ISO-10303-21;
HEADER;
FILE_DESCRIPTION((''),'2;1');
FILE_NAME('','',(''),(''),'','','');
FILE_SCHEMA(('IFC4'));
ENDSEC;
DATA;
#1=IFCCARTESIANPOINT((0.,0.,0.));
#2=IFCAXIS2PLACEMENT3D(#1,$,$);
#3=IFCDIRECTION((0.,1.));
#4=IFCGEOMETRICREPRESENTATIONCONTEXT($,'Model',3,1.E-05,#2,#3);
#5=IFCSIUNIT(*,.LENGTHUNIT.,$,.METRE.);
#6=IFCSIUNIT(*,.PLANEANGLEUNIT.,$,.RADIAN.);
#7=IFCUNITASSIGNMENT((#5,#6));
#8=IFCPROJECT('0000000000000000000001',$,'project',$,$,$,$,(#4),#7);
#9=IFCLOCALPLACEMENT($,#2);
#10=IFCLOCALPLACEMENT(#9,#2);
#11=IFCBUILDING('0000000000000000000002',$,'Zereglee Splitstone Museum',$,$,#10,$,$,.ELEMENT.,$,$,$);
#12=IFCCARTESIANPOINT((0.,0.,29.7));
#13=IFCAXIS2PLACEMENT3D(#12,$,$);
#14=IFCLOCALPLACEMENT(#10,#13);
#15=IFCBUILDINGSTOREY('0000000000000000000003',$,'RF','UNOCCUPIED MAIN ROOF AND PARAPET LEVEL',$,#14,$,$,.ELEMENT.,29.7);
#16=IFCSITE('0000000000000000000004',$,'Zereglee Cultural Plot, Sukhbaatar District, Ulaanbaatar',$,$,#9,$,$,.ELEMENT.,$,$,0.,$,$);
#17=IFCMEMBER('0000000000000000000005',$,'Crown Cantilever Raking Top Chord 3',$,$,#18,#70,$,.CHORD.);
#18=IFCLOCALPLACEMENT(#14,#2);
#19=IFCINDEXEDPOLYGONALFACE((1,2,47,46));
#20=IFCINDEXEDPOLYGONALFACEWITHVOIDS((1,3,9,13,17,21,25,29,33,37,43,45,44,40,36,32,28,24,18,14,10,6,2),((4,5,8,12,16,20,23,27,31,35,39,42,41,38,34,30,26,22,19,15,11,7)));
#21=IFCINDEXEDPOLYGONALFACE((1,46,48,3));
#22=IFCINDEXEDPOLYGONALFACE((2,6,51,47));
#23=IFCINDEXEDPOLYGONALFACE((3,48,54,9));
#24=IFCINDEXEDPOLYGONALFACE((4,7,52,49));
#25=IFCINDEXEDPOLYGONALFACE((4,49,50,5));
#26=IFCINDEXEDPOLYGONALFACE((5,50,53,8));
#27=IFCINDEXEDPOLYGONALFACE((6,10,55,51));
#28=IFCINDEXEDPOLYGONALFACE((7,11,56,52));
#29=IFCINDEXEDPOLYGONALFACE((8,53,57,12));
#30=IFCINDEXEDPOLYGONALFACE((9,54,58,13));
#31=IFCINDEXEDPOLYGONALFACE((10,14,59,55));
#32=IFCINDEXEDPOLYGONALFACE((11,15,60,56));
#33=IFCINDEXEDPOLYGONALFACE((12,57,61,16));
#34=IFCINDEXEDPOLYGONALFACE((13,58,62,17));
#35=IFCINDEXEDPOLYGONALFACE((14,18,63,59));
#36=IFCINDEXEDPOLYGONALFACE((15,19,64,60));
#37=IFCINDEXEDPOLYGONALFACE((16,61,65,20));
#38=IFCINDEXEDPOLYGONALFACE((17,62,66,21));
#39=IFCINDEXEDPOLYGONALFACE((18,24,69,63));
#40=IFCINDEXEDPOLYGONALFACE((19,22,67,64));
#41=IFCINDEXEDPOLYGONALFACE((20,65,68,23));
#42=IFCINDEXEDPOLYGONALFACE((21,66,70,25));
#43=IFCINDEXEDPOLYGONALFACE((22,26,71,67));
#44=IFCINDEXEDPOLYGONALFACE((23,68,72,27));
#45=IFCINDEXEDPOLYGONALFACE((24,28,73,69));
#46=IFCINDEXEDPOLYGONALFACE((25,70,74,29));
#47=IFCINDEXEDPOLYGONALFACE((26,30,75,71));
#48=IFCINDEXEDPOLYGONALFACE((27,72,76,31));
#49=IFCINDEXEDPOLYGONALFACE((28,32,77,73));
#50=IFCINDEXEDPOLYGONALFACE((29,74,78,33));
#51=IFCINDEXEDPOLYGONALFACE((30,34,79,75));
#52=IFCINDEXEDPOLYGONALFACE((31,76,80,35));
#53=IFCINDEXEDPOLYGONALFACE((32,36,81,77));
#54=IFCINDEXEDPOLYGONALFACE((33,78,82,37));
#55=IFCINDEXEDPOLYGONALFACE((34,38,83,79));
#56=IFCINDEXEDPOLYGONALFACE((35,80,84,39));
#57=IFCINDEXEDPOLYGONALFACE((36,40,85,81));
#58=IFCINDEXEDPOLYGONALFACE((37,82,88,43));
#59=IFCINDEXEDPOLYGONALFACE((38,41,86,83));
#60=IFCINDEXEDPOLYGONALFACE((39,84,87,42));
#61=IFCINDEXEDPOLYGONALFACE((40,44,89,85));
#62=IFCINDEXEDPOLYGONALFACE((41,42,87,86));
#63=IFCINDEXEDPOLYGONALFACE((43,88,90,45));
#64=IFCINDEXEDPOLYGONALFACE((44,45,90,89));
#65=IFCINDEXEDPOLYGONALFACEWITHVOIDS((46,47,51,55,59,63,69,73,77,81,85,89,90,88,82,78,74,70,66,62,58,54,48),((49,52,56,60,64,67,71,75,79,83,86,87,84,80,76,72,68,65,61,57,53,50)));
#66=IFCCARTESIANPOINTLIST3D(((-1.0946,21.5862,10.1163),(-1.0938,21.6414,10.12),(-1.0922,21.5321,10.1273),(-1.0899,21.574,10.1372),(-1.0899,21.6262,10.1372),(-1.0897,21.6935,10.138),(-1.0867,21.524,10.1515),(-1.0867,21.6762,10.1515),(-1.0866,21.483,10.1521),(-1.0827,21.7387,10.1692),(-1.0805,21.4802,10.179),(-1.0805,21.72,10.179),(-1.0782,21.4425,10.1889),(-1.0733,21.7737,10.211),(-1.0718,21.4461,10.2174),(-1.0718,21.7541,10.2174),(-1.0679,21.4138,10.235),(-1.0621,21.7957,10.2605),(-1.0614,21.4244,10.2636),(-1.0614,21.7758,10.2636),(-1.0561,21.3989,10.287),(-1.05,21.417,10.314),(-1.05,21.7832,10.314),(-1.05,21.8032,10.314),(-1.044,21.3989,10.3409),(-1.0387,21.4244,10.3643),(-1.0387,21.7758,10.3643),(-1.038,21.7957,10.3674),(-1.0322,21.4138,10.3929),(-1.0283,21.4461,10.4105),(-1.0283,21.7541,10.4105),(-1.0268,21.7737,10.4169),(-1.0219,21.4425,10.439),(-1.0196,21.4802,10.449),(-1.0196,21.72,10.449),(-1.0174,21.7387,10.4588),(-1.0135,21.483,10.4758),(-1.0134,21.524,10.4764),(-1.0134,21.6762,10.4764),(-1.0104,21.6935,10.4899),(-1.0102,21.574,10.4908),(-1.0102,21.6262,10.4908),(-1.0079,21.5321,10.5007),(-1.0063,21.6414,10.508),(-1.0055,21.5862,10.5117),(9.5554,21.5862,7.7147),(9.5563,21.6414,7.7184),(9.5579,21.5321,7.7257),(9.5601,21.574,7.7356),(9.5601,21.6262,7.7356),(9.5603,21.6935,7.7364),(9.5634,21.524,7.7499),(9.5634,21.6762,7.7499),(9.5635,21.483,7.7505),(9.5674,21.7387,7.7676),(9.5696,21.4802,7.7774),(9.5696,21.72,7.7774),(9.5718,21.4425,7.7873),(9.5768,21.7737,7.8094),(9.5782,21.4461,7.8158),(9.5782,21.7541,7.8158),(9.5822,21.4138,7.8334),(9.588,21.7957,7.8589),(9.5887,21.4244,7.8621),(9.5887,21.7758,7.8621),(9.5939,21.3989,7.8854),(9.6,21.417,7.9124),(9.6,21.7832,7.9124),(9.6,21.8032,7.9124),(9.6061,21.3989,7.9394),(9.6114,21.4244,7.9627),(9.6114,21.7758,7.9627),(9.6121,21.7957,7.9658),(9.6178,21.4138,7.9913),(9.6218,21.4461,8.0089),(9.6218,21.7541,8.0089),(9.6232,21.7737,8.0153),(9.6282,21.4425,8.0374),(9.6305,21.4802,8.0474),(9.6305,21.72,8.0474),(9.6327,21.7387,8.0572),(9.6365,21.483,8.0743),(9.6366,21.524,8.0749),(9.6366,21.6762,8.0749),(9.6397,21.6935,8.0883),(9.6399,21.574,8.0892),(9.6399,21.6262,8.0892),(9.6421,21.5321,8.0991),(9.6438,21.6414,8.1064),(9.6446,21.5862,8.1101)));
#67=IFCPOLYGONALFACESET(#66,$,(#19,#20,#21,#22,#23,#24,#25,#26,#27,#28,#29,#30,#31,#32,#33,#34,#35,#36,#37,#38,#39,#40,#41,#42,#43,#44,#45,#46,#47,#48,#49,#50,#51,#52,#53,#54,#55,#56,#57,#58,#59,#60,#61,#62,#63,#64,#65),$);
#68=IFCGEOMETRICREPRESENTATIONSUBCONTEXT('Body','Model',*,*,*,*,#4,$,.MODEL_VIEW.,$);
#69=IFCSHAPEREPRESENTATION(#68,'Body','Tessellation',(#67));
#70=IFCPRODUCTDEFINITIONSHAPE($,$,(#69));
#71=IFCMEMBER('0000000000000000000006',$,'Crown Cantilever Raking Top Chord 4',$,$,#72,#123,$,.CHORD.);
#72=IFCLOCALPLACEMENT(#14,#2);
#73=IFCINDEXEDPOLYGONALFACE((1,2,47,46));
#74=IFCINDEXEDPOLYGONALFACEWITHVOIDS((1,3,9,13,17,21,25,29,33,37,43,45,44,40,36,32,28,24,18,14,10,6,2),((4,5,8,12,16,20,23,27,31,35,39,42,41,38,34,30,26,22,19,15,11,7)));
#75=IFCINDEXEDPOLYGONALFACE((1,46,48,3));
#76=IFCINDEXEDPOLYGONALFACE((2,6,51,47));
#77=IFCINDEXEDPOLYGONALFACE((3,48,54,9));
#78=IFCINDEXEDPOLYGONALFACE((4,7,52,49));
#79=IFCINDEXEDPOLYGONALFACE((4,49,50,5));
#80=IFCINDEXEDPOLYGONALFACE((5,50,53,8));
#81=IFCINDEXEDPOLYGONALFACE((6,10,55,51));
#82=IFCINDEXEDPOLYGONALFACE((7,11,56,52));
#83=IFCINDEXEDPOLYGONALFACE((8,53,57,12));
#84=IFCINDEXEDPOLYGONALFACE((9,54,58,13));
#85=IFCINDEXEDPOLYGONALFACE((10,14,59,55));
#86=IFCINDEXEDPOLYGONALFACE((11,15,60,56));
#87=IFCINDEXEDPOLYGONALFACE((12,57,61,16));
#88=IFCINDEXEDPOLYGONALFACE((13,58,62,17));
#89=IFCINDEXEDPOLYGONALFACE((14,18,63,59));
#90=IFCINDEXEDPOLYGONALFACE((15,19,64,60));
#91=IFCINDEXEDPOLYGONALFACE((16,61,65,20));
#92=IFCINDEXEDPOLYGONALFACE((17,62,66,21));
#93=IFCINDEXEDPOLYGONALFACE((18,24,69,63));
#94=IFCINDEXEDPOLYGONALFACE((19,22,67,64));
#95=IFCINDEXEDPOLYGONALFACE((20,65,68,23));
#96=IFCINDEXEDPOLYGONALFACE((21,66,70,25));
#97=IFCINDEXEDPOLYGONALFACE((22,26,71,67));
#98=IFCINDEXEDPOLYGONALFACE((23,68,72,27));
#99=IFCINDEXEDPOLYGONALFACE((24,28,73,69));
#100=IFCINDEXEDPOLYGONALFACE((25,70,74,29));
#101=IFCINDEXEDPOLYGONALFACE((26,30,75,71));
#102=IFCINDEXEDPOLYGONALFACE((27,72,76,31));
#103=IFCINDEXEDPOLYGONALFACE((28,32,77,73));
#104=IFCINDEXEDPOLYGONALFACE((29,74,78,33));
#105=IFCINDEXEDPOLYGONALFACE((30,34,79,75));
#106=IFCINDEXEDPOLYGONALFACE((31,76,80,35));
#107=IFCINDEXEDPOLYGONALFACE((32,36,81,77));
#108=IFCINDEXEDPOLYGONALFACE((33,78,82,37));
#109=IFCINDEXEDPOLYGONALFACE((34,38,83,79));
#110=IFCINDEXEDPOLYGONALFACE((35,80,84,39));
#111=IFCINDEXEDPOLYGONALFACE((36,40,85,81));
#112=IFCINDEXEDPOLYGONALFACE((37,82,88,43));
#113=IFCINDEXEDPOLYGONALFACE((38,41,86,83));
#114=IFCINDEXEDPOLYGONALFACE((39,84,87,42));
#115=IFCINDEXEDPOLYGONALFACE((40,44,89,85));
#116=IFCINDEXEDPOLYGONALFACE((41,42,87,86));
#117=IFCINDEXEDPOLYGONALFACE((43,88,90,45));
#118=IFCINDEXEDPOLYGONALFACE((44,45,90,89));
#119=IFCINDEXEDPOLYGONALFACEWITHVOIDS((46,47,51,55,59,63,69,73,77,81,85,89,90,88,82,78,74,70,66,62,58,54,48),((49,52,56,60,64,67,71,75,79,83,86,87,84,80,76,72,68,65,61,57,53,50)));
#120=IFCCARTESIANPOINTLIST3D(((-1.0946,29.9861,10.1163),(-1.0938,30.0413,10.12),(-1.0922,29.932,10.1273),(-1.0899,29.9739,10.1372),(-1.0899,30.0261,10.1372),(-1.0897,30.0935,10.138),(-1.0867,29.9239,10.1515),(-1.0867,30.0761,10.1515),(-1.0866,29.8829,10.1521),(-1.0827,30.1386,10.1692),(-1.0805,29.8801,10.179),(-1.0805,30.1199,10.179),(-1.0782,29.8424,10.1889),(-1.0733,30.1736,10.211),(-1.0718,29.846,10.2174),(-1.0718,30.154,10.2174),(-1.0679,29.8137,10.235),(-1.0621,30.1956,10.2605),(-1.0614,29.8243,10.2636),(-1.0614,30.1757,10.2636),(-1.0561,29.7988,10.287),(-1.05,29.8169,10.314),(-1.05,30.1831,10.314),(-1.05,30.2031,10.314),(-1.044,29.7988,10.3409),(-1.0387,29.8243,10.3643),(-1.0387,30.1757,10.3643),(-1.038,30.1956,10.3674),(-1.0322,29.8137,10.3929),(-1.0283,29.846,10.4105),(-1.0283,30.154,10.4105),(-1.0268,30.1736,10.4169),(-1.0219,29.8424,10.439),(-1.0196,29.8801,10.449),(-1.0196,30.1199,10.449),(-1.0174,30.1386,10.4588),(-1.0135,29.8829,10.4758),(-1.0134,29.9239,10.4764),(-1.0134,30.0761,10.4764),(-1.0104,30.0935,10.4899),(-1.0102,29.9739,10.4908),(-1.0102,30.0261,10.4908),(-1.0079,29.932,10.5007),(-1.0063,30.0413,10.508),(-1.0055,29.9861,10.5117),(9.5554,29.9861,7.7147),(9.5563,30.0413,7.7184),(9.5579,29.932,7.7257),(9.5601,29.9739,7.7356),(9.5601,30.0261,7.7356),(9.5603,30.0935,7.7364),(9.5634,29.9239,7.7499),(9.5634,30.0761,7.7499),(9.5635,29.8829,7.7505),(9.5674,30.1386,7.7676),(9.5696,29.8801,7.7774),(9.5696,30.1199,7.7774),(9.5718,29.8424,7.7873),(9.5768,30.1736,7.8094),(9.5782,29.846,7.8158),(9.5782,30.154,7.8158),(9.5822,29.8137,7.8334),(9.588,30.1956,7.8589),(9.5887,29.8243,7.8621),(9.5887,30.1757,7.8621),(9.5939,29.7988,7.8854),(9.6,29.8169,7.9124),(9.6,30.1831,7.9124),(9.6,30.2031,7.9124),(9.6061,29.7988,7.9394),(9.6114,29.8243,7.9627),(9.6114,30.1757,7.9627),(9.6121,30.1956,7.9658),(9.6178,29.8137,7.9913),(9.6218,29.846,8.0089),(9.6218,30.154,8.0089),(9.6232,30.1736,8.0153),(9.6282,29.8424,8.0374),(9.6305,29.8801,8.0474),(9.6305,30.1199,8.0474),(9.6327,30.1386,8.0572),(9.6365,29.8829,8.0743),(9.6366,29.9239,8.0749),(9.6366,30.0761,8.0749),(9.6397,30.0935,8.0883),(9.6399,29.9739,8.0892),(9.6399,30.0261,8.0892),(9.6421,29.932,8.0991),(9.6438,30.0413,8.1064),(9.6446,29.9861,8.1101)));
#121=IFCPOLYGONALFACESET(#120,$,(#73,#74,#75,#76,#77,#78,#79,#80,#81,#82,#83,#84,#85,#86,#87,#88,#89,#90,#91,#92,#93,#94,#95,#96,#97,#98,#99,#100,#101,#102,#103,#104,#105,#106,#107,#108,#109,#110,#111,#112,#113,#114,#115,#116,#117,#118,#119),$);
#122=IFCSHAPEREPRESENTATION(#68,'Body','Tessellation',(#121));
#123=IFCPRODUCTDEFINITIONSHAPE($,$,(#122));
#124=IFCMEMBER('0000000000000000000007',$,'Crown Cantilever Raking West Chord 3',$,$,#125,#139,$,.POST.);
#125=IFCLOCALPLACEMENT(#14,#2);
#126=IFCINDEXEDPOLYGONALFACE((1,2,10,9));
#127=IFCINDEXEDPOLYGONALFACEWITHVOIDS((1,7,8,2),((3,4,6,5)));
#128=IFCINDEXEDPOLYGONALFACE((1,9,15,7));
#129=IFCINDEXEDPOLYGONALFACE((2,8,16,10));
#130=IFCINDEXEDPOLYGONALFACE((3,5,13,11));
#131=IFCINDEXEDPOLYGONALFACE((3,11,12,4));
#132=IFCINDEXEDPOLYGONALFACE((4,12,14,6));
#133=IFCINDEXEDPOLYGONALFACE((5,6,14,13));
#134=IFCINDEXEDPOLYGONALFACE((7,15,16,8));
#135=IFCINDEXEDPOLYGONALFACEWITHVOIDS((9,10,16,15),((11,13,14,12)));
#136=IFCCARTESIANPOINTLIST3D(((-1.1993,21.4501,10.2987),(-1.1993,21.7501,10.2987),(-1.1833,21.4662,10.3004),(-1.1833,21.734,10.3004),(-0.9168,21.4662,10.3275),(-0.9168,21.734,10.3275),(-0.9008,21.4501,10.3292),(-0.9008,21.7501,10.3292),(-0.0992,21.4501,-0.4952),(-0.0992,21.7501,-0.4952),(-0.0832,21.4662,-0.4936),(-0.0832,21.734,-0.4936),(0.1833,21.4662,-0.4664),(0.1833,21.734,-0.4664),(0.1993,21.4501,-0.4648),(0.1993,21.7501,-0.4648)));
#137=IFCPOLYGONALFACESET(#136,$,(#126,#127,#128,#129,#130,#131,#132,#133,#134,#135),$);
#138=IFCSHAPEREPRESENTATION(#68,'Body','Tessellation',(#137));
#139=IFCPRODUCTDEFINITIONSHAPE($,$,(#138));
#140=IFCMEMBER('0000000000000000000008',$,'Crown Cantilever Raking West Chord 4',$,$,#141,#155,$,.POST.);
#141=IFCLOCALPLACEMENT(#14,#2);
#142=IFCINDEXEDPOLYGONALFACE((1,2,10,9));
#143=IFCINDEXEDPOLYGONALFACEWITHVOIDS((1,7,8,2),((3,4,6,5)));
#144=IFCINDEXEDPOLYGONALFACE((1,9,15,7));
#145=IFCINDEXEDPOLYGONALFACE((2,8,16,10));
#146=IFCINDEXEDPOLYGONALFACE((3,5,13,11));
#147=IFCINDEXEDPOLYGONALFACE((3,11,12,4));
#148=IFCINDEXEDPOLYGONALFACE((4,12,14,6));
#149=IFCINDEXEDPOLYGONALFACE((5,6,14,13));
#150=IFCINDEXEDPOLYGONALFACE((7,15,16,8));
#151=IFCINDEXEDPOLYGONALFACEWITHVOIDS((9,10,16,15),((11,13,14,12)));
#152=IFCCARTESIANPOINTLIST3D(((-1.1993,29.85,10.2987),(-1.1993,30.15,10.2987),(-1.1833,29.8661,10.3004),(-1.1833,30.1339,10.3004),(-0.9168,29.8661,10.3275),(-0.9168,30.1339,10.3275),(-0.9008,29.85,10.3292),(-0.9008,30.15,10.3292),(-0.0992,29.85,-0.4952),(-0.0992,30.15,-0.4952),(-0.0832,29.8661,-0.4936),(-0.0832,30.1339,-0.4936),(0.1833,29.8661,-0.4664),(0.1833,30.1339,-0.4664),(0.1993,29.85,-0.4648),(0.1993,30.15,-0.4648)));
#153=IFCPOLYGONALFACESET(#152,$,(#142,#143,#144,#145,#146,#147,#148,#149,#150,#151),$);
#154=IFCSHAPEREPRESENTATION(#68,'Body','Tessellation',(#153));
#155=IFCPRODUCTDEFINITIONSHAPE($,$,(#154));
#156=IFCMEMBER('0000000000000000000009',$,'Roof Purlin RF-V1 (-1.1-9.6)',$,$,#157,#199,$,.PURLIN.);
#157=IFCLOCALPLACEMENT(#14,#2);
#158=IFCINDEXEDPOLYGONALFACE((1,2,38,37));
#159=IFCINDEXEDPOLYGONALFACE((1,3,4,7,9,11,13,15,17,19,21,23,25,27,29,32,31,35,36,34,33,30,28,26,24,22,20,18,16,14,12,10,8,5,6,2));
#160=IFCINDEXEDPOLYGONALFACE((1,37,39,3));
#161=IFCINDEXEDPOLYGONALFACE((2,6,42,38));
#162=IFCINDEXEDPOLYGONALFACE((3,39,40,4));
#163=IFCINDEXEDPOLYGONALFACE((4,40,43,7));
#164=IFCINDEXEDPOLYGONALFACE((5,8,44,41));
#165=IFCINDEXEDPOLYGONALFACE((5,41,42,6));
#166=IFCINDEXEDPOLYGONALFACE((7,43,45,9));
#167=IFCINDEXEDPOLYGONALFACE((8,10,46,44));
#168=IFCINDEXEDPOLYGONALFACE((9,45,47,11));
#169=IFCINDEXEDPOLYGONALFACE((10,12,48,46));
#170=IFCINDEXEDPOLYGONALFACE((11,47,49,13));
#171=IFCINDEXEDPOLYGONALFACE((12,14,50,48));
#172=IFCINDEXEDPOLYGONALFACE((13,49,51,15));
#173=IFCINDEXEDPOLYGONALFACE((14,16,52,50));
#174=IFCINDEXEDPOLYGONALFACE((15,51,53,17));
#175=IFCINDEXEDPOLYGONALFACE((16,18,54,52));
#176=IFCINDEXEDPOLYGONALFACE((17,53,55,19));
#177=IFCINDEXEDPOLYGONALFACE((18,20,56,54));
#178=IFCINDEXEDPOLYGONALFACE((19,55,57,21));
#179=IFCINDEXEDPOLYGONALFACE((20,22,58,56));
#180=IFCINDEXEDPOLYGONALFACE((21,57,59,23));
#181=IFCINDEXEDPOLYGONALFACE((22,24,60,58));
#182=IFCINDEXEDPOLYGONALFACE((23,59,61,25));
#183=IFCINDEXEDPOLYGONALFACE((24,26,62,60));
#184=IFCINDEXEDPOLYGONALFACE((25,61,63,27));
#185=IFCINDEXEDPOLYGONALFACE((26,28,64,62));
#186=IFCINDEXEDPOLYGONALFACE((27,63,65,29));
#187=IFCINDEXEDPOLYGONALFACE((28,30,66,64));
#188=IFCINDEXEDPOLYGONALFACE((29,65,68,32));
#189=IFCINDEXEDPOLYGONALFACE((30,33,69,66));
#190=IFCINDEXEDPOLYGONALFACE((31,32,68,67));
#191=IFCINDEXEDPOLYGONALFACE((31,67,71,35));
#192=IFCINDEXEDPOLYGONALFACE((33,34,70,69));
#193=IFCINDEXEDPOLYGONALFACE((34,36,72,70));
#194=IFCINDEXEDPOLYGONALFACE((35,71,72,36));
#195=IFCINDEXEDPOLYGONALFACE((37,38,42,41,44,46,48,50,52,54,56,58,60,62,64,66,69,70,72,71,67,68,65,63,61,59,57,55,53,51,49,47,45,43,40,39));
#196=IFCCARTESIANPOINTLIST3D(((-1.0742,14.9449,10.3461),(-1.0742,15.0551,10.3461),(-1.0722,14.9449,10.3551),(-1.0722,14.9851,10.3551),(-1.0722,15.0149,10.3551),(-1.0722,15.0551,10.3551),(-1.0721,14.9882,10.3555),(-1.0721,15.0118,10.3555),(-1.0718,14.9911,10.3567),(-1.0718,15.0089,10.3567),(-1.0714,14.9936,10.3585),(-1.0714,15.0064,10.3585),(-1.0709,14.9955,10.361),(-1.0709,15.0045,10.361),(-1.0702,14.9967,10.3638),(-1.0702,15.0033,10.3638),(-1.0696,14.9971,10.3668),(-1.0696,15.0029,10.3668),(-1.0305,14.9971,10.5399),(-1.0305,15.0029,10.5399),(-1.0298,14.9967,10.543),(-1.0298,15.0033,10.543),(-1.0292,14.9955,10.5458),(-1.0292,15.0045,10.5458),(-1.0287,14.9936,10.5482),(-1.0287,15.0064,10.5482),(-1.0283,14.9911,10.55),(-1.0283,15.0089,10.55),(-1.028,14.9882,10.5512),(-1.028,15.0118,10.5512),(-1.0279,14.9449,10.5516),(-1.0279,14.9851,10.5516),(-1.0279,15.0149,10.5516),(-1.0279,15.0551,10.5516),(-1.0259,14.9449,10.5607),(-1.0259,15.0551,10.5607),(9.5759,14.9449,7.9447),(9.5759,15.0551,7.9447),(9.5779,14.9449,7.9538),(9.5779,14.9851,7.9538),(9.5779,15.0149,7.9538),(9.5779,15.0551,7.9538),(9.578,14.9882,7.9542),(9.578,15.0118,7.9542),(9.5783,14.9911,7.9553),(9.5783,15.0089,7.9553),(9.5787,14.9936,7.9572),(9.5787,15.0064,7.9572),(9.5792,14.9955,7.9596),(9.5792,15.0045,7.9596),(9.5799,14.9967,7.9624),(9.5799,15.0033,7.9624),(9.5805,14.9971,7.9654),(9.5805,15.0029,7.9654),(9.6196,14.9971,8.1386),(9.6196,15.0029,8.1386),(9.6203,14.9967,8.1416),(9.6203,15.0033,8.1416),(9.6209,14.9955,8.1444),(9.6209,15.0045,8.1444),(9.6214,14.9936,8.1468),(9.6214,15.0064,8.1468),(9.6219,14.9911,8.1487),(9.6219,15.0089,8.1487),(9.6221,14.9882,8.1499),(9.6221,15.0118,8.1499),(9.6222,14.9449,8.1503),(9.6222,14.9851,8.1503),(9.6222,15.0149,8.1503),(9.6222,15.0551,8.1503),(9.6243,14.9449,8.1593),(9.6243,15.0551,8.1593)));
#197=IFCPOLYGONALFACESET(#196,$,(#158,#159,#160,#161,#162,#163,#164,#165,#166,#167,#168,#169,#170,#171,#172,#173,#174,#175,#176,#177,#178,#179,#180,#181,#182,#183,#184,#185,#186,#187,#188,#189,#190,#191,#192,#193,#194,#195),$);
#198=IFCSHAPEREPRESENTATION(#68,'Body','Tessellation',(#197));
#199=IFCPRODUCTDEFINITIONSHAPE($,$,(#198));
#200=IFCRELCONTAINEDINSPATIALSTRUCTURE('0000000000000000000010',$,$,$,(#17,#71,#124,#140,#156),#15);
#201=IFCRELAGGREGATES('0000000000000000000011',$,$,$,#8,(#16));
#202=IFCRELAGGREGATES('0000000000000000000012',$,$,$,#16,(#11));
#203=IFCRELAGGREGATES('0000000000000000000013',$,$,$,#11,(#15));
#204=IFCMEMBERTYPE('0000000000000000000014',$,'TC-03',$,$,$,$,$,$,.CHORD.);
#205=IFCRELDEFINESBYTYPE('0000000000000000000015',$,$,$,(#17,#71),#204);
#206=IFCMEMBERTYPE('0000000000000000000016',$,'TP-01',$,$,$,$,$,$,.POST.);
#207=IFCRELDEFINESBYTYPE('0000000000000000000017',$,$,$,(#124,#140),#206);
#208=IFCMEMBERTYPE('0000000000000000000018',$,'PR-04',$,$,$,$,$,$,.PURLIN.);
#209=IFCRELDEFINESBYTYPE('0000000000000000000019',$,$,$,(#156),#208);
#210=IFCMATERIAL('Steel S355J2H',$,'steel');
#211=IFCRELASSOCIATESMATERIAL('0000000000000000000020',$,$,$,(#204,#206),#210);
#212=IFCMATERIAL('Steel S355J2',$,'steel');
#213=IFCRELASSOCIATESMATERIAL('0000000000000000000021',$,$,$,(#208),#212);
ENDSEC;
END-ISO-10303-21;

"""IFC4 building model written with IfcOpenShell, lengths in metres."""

from ifc_helpers import new_model, si_unit, direction, frame, origin, origin_2d, place, context, subcontext, project, spatial, hollow_rectangle, hollow_circle, i_section, extrude, material, material_profile, profile_set, type_object, element, save


model = new_model("IFC4")

# Units and contexts
model_context = context("Model", 3, precision=1e-05, world=origin(), true_north=direction((0.0, 1.0)))
body_context = subcontext(model_context, "Body", "Model", "MODEL_VIEW")
ifc_project = project(units=[si_unit("LENGTHUNIT", "METRE"), si_unit("PLANEANGLEUNIT", "RADIAN")], contexts=[model_context])

# Site, building, storey
site_placement = place(None, origin())
site = spatial("IfcSite", under=ifc_project, at=site_placement, Name="Zereglee Cultural Plot, Sukhbaatar District, Ulaanbaatar", CompositionType="ELEMENT", RefElevation=0.0)
building_placement = place(site_placement, origin())
building = spatial("IfcBuilding", under=site, at=building_placement, Name="Zereglee Splitstone Museum", CompositionType="ELEMENT")
storey_placement = place(building_placement, frame((0.0, 0.0, 29.7)))
storey = spatial("IfcBuildingStorey", under=building, at=storey_placement, Name="RF", Description="UNOCCUPIED MAIN ROOF AND PARAPET LEVEL", CompositionType="ELEMENT", Elevation=29.7)

# Shared definitions
ifc_material_1 = material(Name="Steel S355J2", Category="steel")

# Members
ifc_material_2 = material(Name="Steel S355J2H", Category="steel")
ifc_material_profile_1 = material_profile(ifc_material_2, hollow_circle(Radius=0.2031, WallThickness=0.02, at=origin_2d()), Name="CHS 406.4x20")
ifc_profile_set_1 = profile_set([ifc_material_profile_1], Name="Steel S355J2H")
member_type_1 = type_object("IfcMemberType", Name="TC-03", PredefinedType="CHORD", material=ifc_profile_set_1)
for number, where, z_axis, x_axis, name in (
    (1, (-1.05, 21.6001, 10.314), (0.975505, 0.0, -0.219977), (0.0, 1.0, 0.0), "Crown Cantilever Raking Top Chord 3"),
    (2, (-1.05, 30.0, 10.314), (0.975505, 0.0, -0.219977), (0.0, 1.0, 0.0), "Crown Cantilever Raking Top Chord 4"),
):
    element("IfcMember", number, at=place(storey_placement, frame(where, z_axis=z_axis, x_axis=x_axis)), inside=storey, type_object=member_type_1, Name=name, PredefinedType="CHORD", context=body_context, shape_type="SweptSolid", body=[
        extrude(hollow_circle(Radius=0.2031, WallThickness=0.02, at=origin_2d()), origin(), (0.0, 0.0, 1.0), 10.9175),
    ])
ifc_material_profile_2 = material_profile(ifc_material_2, hollow_rectangle(XDim=0.3, YDim=0.3, WallThickness=0.0161, at=origin_2d()), Name="SHS 300x300x16")
ifc_profile_set_2 = profile_set([ifc_material_profile_2], Name="Steel S355J2H")
member_type_2 = type_object("IfcMemberType", Name="TP-01", PredefinedType="POST", material=ifc_profile_set_2)
for number, where, z_axis, x_axis, name in (
    (3, (0.05, 21.6001, -0.48), (-0.101393, 0.0, 0.994846), (0.0, -1.0, 0.0), "Crown Cantilever Raking West Chord 3"),
    (4, (0.05, 30.0, -0.48), (-0.101393, 0.0, 0.994846), (0.0, -1.0, 0.0), "Crown Cantilever Raking West Chord 4"),
):
    element("IfcMember", number, at=place(storey_placement, frame(where, z_axis=z_axis, x_axis=x_axis)), inside=storey, type_object=member_type_2, Name=name, PredefinedType="POST", context=body_context, shape_type="SweptSolid", body=[
        extrude(hollow_rectangle(XDim=0.3, YDim=0.3, WallThickness=0.0161, at=origin_2d()), origin(), (0.0, 0.0, 1.0), 10.8499),
    ])
ifc_material_profile_3 = material_profile(ifc_material_1, i_section(OverallWidth=0.1101, OverallDepth=0.22, WebThickness=0.0059, FlangeThickness=0.0093, FilletRadius=0.012, at=origin_2d()), Name="IPE 220")
ifc_profile_set_3 = profile_set([ifc_material_profile_3], Name="Steel S355J2")
member_type_3 = type_object("IfcMemberType", Name="PR-04", PredefinedType="PURLIN", material=ifc_profile_set_3)
for number, where, z_axis, x_axis, name in (
    (5, (-1.05, 15.0, 10.4534), (0.97551, 0.0, -0.219955), (0.0, 1.0, 0.0), "Roof Purlin RF-V1 (-1.1-9.6)"),
):
    element("IfcMember", number, at=place(storey_placement, frame(where, z_axis=z_axis, x_axis=x_axis)), inside=storey, type_object=member_type_3, Name=name, PredefinedType="PURLIN", context=body_context, shape_type="SweptSolid", body=[
        extrude(i_section(OverallWidth=0.1101, OverallDepth=0.22, WebThickness=0.0059, FlangeThickness=0.0093, FilletRadius=0.012, at=origin_2d()), origin(), (0.0, 0.0, 1.0), 10.9175),
    ])

save(model, "model.ifc")
